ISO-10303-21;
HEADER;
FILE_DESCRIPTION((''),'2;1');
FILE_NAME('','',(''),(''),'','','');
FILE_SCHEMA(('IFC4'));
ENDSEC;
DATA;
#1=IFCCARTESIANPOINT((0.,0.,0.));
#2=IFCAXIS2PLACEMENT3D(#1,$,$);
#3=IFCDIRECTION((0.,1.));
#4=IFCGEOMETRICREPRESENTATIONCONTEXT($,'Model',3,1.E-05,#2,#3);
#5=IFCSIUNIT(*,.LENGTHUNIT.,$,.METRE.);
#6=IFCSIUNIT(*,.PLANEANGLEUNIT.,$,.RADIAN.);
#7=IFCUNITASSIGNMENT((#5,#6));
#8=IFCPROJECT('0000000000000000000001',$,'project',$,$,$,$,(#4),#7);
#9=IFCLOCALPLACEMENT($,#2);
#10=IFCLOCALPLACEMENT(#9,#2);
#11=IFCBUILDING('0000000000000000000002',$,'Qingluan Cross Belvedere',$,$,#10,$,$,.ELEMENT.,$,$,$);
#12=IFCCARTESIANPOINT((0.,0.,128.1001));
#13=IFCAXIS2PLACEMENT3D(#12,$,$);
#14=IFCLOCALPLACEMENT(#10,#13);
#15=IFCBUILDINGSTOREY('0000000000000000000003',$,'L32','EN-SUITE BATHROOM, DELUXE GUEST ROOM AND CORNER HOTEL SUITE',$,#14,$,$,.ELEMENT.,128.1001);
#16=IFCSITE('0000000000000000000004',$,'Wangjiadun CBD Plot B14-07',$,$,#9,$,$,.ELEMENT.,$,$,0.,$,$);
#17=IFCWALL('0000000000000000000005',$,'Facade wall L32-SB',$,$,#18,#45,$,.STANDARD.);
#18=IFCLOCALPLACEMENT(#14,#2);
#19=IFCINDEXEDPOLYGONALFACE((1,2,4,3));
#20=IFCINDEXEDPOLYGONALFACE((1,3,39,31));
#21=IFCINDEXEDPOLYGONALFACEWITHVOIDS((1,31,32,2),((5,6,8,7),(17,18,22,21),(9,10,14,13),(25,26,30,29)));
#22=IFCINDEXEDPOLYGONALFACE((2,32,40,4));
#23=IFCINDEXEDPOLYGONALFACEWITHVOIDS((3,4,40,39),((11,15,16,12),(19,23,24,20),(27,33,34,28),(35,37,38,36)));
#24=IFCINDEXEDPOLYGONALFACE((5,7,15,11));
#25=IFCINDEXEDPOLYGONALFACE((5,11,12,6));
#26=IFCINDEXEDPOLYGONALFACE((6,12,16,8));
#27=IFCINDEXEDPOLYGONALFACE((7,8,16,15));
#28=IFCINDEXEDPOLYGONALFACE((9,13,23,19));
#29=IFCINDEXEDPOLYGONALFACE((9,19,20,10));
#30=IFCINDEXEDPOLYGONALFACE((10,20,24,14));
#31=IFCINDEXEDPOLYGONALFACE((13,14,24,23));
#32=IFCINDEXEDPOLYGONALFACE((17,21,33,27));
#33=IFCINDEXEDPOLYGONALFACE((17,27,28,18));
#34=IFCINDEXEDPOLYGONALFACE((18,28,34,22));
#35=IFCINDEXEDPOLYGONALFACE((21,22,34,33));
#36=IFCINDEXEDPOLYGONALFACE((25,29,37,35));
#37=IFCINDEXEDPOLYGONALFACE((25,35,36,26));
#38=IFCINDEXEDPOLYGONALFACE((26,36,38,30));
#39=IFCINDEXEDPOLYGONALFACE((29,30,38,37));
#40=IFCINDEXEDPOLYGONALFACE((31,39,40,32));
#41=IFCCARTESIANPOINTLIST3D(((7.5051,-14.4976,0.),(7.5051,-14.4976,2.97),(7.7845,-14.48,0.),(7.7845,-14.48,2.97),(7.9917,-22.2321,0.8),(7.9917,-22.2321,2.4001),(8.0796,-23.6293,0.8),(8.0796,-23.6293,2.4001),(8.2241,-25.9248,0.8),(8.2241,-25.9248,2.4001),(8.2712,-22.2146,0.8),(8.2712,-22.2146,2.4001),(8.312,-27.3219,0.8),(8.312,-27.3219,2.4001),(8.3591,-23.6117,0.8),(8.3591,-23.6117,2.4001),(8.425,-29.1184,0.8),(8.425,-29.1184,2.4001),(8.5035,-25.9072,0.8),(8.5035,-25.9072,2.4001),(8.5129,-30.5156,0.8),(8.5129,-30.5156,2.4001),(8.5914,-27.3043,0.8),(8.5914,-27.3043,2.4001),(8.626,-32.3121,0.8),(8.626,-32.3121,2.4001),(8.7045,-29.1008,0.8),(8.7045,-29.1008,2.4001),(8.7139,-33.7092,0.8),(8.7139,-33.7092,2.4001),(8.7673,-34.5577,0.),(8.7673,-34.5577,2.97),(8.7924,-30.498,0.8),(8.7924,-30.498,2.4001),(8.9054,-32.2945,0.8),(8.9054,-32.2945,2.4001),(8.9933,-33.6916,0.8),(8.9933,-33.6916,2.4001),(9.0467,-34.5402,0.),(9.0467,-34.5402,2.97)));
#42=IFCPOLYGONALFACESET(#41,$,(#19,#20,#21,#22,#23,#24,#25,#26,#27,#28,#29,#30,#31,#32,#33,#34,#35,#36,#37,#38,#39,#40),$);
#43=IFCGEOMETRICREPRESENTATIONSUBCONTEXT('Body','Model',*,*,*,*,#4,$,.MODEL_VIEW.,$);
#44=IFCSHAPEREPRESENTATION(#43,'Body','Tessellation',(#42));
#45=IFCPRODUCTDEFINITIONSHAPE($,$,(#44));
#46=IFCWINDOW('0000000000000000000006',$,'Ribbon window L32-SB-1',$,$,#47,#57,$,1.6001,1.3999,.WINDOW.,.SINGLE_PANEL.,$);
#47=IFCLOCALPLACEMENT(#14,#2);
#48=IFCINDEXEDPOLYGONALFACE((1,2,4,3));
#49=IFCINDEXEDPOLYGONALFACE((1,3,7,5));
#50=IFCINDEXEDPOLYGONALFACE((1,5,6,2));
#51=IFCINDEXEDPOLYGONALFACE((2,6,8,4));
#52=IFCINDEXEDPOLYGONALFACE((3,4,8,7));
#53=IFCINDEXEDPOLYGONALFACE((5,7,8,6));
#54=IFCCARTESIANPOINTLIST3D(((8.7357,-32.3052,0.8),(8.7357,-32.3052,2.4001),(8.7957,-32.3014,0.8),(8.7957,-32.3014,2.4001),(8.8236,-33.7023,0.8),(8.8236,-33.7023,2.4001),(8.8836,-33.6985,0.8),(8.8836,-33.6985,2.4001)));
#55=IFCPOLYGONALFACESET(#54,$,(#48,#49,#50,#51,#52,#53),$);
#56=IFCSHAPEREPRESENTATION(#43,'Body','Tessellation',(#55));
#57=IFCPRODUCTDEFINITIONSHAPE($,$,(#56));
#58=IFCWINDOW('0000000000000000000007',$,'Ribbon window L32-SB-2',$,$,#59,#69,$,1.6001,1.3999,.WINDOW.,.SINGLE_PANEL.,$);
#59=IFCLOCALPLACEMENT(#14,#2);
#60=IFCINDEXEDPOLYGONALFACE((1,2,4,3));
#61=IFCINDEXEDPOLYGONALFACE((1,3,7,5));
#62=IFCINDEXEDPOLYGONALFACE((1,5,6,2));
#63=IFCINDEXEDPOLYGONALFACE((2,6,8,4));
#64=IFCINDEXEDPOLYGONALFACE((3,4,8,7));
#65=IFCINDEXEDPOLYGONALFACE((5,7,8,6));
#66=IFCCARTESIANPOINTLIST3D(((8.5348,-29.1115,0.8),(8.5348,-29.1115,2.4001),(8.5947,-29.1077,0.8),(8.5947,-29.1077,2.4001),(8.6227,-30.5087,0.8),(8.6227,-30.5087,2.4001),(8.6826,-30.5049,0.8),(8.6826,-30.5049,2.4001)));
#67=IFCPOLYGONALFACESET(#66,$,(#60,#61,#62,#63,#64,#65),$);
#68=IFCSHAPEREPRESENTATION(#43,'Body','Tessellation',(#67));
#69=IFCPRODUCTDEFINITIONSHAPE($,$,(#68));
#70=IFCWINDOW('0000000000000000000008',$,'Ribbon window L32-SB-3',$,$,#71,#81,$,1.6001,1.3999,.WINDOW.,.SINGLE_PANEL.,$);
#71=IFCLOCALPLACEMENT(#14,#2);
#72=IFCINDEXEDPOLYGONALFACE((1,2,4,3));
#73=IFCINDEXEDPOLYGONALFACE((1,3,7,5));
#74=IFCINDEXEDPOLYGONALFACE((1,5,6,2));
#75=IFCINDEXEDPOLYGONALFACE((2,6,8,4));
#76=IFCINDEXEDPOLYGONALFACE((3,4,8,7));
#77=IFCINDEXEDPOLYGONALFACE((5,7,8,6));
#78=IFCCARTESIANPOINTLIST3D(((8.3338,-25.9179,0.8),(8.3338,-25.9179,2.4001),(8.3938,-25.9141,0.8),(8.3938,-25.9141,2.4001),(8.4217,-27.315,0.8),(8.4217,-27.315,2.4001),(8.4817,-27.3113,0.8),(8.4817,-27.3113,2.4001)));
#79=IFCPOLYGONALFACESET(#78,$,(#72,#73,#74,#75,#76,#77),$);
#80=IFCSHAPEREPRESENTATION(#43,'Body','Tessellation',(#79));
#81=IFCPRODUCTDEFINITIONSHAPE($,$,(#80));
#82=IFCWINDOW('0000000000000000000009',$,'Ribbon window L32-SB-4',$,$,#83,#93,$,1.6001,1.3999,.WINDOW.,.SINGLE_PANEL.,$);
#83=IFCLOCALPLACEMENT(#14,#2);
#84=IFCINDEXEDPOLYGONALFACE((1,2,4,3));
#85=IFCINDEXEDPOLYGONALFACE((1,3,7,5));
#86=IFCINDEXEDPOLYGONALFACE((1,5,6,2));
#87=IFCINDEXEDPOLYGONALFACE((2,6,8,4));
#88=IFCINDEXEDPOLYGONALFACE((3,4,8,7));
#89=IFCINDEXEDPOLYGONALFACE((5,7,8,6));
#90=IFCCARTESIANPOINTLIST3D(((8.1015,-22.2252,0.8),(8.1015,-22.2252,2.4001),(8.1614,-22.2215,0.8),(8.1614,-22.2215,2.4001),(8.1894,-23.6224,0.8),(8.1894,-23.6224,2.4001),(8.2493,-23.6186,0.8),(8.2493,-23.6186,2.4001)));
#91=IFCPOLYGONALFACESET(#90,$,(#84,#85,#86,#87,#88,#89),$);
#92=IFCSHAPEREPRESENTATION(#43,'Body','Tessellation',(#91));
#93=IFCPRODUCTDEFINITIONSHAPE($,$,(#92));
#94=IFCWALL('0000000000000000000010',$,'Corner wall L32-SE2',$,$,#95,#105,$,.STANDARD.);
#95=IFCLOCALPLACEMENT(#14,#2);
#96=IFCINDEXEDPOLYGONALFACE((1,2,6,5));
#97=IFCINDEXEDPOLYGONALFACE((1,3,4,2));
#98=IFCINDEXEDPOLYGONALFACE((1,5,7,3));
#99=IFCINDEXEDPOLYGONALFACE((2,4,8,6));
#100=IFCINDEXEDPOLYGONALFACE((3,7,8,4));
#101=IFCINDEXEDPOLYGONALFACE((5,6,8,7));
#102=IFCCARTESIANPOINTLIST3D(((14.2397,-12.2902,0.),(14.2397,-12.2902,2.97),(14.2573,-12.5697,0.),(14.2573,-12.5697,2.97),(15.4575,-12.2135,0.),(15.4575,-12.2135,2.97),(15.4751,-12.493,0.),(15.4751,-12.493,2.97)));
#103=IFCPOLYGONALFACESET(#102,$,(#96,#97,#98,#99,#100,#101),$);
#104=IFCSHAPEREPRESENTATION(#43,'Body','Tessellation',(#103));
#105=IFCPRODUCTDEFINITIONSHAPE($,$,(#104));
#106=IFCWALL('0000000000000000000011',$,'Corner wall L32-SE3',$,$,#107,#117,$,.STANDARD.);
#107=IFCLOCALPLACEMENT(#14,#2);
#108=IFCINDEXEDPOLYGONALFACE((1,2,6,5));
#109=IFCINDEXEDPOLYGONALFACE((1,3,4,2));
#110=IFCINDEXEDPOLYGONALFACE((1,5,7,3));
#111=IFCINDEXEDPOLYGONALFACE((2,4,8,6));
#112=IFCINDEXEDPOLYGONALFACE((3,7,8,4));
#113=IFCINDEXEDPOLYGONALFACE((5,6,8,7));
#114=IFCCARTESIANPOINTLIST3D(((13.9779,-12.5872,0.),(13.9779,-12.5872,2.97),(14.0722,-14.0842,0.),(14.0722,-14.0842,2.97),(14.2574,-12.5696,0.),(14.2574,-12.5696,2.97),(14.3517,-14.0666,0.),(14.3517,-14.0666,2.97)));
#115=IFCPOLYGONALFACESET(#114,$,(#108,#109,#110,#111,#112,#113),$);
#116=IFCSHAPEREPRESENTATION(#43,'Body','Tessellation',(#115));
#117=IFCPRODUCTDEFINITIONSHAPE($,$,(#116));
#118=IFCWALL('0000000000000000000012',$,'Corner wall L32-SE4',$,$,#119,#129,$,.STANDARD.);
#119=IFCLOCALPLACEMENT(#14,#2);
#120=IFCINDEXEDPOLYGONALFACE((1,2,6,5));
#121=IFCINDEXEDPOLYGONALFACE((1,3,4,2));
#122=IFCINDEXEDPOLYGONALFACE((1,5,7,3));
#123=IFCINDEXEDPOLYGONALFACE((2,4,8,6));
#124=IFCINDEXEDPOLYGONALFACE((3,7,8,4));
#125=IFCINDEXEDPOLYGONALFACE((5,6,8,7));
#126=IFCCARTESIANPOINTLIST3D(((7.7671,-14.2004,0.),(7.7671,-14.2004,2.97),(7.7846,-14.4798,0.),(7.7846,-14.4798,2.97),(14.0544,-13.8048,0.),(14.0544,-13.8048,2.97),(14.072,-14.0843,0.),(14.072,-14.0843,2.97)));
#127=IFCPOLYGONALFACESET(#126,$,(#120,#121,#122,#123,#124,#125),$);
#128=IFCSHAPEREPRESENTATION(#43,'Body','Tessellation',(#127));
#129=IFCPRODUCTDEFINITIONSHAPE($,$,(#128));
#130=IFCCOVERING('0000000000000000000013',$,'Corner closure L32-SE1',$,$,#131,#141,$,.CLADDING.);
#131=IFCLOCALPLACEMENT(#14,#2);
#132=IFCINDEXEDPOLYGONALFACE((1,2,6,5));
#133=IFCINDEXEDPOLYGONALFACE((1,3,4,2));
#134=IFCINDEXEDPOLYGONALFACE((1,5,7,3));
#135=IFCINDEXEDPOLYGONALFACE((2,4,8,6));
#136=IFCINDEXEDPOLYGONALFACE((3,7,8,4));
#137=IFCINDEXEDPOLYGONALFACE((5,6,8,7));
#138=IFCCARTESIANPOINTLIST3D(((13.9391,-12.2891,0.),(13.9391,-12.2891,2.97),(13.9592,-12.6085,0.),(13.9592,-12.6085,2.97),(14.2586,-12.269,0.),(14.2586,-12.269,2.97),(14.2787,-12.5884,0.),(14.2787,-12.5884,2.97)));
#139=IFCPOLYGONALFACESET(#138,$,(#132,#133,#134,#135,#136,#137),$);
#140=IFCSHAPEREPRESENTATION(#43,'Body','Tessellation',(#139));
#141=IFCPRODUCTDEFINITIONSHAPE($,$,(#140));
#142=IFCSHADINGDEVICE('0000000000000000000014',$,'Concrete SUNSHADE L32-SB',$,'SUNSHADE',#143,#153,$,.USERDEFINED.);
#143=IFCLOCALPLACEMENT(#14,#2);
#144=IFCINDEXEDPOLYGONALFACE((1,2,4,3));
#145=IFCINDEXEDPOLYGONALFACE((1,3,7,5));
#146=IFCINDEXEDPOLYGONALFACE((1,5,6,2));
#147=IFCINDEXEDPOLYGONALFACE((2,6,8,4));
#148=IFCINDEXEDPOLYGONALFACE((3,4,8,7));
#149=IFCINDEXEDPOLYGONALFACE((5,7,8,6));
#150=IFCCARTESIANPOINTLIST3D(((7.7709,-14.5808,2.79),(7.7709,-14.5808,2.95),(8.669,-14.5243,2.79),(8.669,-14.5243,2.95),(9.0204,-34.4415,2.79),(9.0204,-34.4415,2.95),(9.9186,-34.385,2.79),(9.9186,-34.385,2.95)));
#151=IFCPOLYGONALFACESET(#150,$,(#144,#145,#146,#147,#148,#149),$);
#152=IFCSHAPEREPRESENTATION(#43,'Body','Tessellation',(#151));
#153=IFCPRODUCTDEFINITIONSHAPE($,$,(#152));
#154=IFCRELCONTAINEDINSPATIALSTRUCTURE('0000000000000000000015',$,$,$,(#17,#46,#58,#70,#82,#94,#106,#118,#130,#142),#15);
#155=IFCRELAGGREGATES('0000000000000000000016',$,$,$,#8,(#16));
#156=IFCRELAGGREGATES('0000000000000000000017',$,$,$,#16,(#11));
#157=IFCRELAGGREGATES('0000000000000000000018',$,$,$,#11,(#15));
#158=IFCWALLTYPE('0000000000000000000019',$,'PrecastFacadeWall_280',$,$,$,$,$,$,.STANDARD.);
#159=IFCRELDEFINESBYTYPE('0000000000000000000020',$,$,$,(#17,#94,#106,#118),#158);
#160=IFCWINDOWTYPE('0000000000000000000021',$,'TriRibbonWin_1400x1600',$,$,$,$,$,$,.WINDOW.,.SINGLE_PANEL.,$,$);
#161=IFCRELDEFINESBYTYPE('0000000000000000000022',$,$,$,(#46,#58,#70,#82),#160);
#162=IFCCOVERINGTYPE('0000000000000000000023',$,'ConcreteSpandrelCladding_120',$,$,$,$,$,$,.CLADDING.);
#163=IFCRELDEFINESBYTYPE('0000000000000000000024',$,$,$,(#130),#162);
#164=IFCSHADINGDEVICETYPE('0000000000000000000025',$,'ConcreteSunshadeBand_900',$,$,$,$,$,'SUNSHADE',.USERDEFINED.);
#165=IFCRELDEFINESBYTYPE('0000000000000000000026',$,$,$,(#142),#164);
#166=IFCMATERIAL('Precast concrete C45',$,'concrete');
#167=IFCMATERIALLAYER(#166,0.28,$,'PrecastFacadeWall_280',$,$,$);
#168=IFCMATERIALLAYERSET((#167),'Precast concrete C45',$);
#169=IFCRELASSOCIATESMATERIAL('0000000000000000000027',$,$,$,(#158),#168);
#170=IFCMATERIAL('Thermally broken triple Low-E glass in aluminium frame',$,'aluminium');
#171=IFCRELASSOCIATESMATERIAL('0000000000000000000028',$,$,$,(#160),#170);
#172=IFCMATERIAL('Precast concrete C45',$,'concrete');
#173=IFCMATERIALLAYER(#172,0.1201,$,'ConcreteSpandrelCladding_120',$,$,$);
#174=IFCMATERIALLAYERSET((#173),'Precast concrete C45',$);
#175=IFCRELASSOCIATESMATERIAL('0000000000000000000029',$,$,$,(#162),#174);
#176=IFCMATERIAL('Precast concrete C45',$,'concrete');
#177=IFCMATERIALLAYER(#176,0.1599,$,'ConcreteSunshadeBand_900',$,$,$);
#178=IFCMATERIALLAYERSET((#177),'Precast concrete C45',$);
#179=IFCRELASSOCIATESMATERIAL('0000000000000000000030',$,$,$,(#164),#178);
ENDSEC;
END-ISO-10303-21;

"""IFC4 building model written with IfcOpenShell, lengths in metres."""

from ifc_helpers import new_model, si_unit, direction, frame, frame_2d, origin, origin_2d, place, context, subcontext, project, spatial, rectangle, extrude, material, layer, layer_set, type_object, element, fill, save


model = new_model("IFC4")

# Units and contexts
model_context = context("Model", 3, precision=1e-05, world=origin(), true_north=direction((0.0, 1.0)))
body_context = subcontext(model_context, "Body", "Model", "MODEL_VIEW")
ifc_project = project(units=[si_unit("LENGTHUNIT", "METRE"), si_unit("PLANEANGLEUNIT", "RADIAN")], contexts=[model_context])

# Site, building, storey
site_placement = place(None, origin())
site = spatial("IfcSite", under=ifc_project, at=site_placement, Name="Wangjiadun CBD Plot B14-07", CompositionType="ELEMENT", RefElevation=0.0)
building_placement = place(site_placement, origin())
building = spatial("IfcBuilding", under=site, at=building_placement, Name="Qingluan Cross Belvedere", CompositionType="ELEMENT")
storey_placement = place(building_placement, frame((0.0, 0.0, 128.1001)))
storey = spatial("IfcBuildingStorey", under=building, at=storey_placement, Name="L32", Description="EN-SUITE BATHROOM, DELUXE GUEST ROOM AND CORNER HOTEL SUITE", CompositionType="ELEMENT", Elevation=128.1001)

# Wall, openings, windows
ifc_material_1 = material(Name="Precast concrete C45", Category="concrete")
ifc_layer_1 = layer(ifc_material_1, 0.28, Name="PrecastFacadeWall_280")
ifc_layer_set_1 = layer_set([ifc_layer_1], Name="Precast concrete C45")
wall_type_1 = type_object("IfcWallType", Name="PrecastFacadeWall_280", PredefinedType="STANDARD", material=ifc_layer_set_1)
wall_1_placement = place(storey_placement, frame((8.907, -34.5488, 0.0), z_axis=(0.0, 0.0, 1.0), x_axis=(-0.062796, 0.998026, 0.0)))
wall_1 = element("IfcWall", 1, at=wall_1_placement, inside=storey, type_object=wall_type_1, Name="Facade wall L32-SB", PredefinedType="STANDARD", context=body_context, shape_type="SweptSolid", body=[
    extrude(rectangle(XDim=20.0999, YDim=0.28, at=frame_2d((10.0498, 0.0))), origin(), (0.0, 0.0, 1.0), 2.97),
])
opening_1_placement = place(wall_1_placement, frame((0.8501, 0.0, 0.8)))
opening_1 = element("IfcOpeningElement", 2, at=opening_1_placement, cuts=wall_1, PredefinedType="OPENING", context=body_context, shape_type="SweptSolid", body=[
    extrude(rectangle(XDim=1.3999, YDim=1.6001, at=frame_2d((0.7, 0.8))), frame((0.0, 0.1499, 0.0), z_axis=(0.0, -1.0, 0.0), x_axis=(1.0, 0.0, 0.0)), (0.0, 0.0, 1.0), 0.3),
])
opening_2_placement = place(wall_1_placement, frame((4.05, 0.0, 0.8)))
opening_2 = element("IfcOpeningElement", 3, at=opening_2_placement, cuts=wall_1, PredefinedType="OPENING", context=body_context, shape_type="SweptSolid", body=[
    extrude(rectangle(XDim=1.3999, YDim=1.6001, at=frame_2d((0.7, 0.8))), frame((0.0, 0.1499, 0.0), z_axis=(0.0, -1.0, 0.0), x_axis=(1.0, 0.0, 0.0)), (0.0, 0.0, 1.0), 0.3),
])
opening_3_placement = place(wall_1_placement, frame((7.25, 0.0, 0.8)))
opening_3 = element("IfcOpeningElement", 4, at=opening_3_placement, cuts=wall_1, PredefinedType="OPENING", context=body_context, shape_type="SweptSolid", body=[
    extrude(rectangle(XDim=1.3999, YDim=1.6001, at=frame_2d((0.7, 0.8))), frame((0.0, 0.1499, 0.0), z_axis=(0.0, -1.0, 0.0), x_axis=(1.0, 0.0, 0.0)), (0.0, 0.0, 1.0), 0.3),
])
opening_4_placement = place(wall_1_placement, frame((10.95, 0.0, 0.8)))
opening_4 = element("IfcOpeningElement", 5, at=opening_4_placement, cuts=wall_1, PredefinedType="OPENING", context=body_context, shape_type="SweptSolid", body=[
    extrude(rectangle(XDim=1.3999, YDim=1.6001, at=frame_2d((0.7, 0.8))), frame((0.0, 0.1499, 0.0), z_axis=(0.0, -1.0, 0.0), x_axis=(1.0, 0.0, 0.0)), (0.0, 0.0, 1.0), 0.3),
])
ifc_material_2 = material(Name="Thermally broken triple Low-E glass in aluminium frame", Category="aluminium")
window_type = type_object("IfcWindowType", Name="TriRibbonWin_1400x1600", PartitioningType="SINGLE_PANEL", PredefinedType="WINDOW", material=ifc_material_2)
window_1_placement = place(opening_1_placement, origin())
window_1 = element("IfcWindow", 6, at=window_1_placement, inside=storey, type_object=window_type, Name="Ribbon window L32-SB-1", OverallHeight=1.6001, OverallWidth=1.3999, PartitioningType="SINGLE_PANEL", PredefinedType="WINDOW", context=body_context, shape_type="SweptSolid", body=[
    extrude(rectangle(XDim=1.3999, YDim=1.6001, at=frame_2d((0.7, 0.8))), frame((0.0, 0.03, 0.0), z_axis=(0.0, -1.0, 0.0), x_axis=(1.0, 0.0, 0.0)), (0.0, 0.0, 1.0), 0.0601),
])
fill(opening_1, window_1)
window_2_placement = place(opening_2_placement, origin())
window_2 = element("IfcWindow", 7, at=window_2_placement, inside=storey, type_object=window_type, Name="Ribbon window L32-SB-2", OverallHeight=1.6001, OverallWidth=1.3999, PartitioningType="SINGLE_PANEL", PredefinedType="WINDOW", context=body_context, shape_type="SweptSolid", body=[
    extrude(rectangle(XDim=1.3999, YDim=1.6001, at=frame_2d((0.7, 0.8))), frame((0.0, 0.03, 0.0), z_axis=(0.0, -1.0, 0.0), x_axis=(1.0, 0.0, 0.0)), (0.0, 0.0, 1.0), 0.0601),
])
fill(opening_2, window_2)
window_3_placement = place(opening_3_placement, origin())
window_3 = element("IfcWindow", 8, at=window_3_placement, inside=storey, type_object=window_type, Name="Ribbon window L32-SB-3", OverallHeight=1.6001, OverallWidth=1.3999, PartitioningType="SINGLE_PANEL", PredefinedType="WINDOW", context=body_context, shape_type="SweptSolid", body=[
    extrude(rectangle(XDim=1.3999, YDim=1.6001, at=frame_2d((0.7, 0.8))), frame((0.0, 0.03, 0.0), z_axis=(0.0, -1.0, 0.0), x_axis=(1.0, 0.0, 0.0)), (0.0, 0.0, 1.0), 0.0601),
])
fill(opening_3, window_3)
window_4_placement = place(opening_4_placement, origin())
window_4 = element("IfcWindow", 9, at=window_4_placement, inside=storey, type_object=window_type, Name="Ribbon window L32-SB-4", OverallHeight=1.6001, OverallWidth=1.3999, PartitioningType="SINGLE_PANEL", PredefinedType="WINDOW", context=body_context, shape_type="SweptSolid", body=[
    extrude(rectangle(XDim=1.3999, YDim=1.6001, at=frame_2d((0.7, 0.8))), frame((0.0, 0.03, 0.0), z_axis=(0.0, -1.0, 0.0), x_axis=(1.0, 0.0, 0.0)), (0.0, 0.0, 1.0), 0.0601),
])
fill(opening_4, window_4)

# Walls
wall_2_placement = place(storey_placement, frame((15.4663, -12.3533, 0.0), z_axis=(0.0, 0.0, 1.0), x_axis=(-0.998024, -0.062827, 0.0)))
element("IfcWall", 10, at=wall_2_placement, inside=storey, type_object=wall_type_1, Name="Corner wall L32-SE2", PredefinedType="STANDARD", context=body_context, shape_type="SweptSolid", body=[
    extrude(rectangle(XDim=1.2202, YDim=0.28, at=frame_2d((0.6101, 0.0))), origin(), (0.0, 0.0, 1.0), 2.97),
])
wall_3_placement = place(storey_placement, frame((14.1177, -12.5784, 0.0), z_axis=(0.0, 0.0, 1.0), x_axis=(0.062824, -0.998025, 0.0)))
element("IfcWall", 11, at=wall_3_placement, inside=storey, type_object=wall_type_1, Name="Corner wall L32-SE3", PredefinedType="STANDARD", context=body_context, shape_type="SweptSolid", body=[
    extrude(rectangle(XDim=1.5, YDim=0.28, at=frame_2d((0.75, 0.0))), origin(), (0.0, 0.0, 1.0), 2.97),
])
wall_4_placement = place(storey_placement, frame((14.0632, -13.9446, 0.0), z_axis=(0.0, 0.0, 1.0), x_axis=(-0.998027, -0.062781, 0.0)))
element("IfcWall", 12, at=wall_4_placement, inside=storey, type_object=wall_type_1, Name="Corner wall L32-SE4", PredefinedType="STANDARD", context=body_context, shape_type="SweptSolid", body=[
    extrude(rectangle(XDim=6.2998, YDim=0.28, at=frame_2d((3.1499, 0.0))), origin(), (0.0, 0.0, 1.0), 2.97),
])

# Covering
ifc_material_3 = material(Name="Precast concrete C45", Category="concrete")
ifc_layer_2 = layer(ifc_material_3, 0.1201, Name="ConcreteSpandrelCladding_120")
ifc_layer_set_2 = layer_set([ifc_layer_2], Name="Precast concrete C45")
covering_type = type_object("IfcCoveringType", Name="ConcreteSpandrelCladding_120", PredefinedType="CLADDING", material=ifc_layer_set_2)
covering_placement = place(storey_placement, frame((14.1089, -12.4387, 0.0), z_axis=(0.0, 0.0, 1.0), x_axis=(0.998027, 0.062791, 0.0)))
element("IfcCovering", 13, at=covering_placement, inside=storey, type_object=covering_type, Name="Corner closure L32-SE1", PredefinedType="CLADDING", context=body_context, shape_type="SweptSolid", body=[
    extrude(rectangle(XDim=0.3201, YDim=0.3201, at=origin_2d()), origin(), (0.0, 0.0, 1.0), 2.97),
])

# Shading device
ifc_material_4 = material(Name="Precast concrete C45", Category="concrete")
ifc_layer_3 = layer(ifc_material_4, 0.1599, Name="ConcreteSunshadeBand_900")
ifc_layer_set_3 = layer_set([ifc_layer_3], Name="Precast concrete C45")
shading_device_type = type_object("IfcShadingDeviceType", Name="ConcreteSunshadeBand_900", ElementType="SUNSHADE", PredefinedType="USERDEFINED", material=ifc_layer_set_3)
shading_device_placement = place(storey_placement, frame((8.8447, -24.4829, 2.79), z_axis=(0.0, 0.0, 1.0), x_axis=(-0.062791, 0.998027, 0.0)))
element("IfcShadingDevice", 14, at=shading_device_placement, inside=storey, type_object=shading_device_type, Name="Concrete SUNSHADE L32-SB", ObjectType="SUNSHADE", PredefinedType="USERDEFINED", context=body_context, shape_type="SweptSolid", body=[
    extrude(rectangle(XDim=19.8999, YDim=0.8999, at=origin_2d()), origin(), (0.0, 0.0, 1.0), 0.1599),
])

save(model, "model.ifc")
